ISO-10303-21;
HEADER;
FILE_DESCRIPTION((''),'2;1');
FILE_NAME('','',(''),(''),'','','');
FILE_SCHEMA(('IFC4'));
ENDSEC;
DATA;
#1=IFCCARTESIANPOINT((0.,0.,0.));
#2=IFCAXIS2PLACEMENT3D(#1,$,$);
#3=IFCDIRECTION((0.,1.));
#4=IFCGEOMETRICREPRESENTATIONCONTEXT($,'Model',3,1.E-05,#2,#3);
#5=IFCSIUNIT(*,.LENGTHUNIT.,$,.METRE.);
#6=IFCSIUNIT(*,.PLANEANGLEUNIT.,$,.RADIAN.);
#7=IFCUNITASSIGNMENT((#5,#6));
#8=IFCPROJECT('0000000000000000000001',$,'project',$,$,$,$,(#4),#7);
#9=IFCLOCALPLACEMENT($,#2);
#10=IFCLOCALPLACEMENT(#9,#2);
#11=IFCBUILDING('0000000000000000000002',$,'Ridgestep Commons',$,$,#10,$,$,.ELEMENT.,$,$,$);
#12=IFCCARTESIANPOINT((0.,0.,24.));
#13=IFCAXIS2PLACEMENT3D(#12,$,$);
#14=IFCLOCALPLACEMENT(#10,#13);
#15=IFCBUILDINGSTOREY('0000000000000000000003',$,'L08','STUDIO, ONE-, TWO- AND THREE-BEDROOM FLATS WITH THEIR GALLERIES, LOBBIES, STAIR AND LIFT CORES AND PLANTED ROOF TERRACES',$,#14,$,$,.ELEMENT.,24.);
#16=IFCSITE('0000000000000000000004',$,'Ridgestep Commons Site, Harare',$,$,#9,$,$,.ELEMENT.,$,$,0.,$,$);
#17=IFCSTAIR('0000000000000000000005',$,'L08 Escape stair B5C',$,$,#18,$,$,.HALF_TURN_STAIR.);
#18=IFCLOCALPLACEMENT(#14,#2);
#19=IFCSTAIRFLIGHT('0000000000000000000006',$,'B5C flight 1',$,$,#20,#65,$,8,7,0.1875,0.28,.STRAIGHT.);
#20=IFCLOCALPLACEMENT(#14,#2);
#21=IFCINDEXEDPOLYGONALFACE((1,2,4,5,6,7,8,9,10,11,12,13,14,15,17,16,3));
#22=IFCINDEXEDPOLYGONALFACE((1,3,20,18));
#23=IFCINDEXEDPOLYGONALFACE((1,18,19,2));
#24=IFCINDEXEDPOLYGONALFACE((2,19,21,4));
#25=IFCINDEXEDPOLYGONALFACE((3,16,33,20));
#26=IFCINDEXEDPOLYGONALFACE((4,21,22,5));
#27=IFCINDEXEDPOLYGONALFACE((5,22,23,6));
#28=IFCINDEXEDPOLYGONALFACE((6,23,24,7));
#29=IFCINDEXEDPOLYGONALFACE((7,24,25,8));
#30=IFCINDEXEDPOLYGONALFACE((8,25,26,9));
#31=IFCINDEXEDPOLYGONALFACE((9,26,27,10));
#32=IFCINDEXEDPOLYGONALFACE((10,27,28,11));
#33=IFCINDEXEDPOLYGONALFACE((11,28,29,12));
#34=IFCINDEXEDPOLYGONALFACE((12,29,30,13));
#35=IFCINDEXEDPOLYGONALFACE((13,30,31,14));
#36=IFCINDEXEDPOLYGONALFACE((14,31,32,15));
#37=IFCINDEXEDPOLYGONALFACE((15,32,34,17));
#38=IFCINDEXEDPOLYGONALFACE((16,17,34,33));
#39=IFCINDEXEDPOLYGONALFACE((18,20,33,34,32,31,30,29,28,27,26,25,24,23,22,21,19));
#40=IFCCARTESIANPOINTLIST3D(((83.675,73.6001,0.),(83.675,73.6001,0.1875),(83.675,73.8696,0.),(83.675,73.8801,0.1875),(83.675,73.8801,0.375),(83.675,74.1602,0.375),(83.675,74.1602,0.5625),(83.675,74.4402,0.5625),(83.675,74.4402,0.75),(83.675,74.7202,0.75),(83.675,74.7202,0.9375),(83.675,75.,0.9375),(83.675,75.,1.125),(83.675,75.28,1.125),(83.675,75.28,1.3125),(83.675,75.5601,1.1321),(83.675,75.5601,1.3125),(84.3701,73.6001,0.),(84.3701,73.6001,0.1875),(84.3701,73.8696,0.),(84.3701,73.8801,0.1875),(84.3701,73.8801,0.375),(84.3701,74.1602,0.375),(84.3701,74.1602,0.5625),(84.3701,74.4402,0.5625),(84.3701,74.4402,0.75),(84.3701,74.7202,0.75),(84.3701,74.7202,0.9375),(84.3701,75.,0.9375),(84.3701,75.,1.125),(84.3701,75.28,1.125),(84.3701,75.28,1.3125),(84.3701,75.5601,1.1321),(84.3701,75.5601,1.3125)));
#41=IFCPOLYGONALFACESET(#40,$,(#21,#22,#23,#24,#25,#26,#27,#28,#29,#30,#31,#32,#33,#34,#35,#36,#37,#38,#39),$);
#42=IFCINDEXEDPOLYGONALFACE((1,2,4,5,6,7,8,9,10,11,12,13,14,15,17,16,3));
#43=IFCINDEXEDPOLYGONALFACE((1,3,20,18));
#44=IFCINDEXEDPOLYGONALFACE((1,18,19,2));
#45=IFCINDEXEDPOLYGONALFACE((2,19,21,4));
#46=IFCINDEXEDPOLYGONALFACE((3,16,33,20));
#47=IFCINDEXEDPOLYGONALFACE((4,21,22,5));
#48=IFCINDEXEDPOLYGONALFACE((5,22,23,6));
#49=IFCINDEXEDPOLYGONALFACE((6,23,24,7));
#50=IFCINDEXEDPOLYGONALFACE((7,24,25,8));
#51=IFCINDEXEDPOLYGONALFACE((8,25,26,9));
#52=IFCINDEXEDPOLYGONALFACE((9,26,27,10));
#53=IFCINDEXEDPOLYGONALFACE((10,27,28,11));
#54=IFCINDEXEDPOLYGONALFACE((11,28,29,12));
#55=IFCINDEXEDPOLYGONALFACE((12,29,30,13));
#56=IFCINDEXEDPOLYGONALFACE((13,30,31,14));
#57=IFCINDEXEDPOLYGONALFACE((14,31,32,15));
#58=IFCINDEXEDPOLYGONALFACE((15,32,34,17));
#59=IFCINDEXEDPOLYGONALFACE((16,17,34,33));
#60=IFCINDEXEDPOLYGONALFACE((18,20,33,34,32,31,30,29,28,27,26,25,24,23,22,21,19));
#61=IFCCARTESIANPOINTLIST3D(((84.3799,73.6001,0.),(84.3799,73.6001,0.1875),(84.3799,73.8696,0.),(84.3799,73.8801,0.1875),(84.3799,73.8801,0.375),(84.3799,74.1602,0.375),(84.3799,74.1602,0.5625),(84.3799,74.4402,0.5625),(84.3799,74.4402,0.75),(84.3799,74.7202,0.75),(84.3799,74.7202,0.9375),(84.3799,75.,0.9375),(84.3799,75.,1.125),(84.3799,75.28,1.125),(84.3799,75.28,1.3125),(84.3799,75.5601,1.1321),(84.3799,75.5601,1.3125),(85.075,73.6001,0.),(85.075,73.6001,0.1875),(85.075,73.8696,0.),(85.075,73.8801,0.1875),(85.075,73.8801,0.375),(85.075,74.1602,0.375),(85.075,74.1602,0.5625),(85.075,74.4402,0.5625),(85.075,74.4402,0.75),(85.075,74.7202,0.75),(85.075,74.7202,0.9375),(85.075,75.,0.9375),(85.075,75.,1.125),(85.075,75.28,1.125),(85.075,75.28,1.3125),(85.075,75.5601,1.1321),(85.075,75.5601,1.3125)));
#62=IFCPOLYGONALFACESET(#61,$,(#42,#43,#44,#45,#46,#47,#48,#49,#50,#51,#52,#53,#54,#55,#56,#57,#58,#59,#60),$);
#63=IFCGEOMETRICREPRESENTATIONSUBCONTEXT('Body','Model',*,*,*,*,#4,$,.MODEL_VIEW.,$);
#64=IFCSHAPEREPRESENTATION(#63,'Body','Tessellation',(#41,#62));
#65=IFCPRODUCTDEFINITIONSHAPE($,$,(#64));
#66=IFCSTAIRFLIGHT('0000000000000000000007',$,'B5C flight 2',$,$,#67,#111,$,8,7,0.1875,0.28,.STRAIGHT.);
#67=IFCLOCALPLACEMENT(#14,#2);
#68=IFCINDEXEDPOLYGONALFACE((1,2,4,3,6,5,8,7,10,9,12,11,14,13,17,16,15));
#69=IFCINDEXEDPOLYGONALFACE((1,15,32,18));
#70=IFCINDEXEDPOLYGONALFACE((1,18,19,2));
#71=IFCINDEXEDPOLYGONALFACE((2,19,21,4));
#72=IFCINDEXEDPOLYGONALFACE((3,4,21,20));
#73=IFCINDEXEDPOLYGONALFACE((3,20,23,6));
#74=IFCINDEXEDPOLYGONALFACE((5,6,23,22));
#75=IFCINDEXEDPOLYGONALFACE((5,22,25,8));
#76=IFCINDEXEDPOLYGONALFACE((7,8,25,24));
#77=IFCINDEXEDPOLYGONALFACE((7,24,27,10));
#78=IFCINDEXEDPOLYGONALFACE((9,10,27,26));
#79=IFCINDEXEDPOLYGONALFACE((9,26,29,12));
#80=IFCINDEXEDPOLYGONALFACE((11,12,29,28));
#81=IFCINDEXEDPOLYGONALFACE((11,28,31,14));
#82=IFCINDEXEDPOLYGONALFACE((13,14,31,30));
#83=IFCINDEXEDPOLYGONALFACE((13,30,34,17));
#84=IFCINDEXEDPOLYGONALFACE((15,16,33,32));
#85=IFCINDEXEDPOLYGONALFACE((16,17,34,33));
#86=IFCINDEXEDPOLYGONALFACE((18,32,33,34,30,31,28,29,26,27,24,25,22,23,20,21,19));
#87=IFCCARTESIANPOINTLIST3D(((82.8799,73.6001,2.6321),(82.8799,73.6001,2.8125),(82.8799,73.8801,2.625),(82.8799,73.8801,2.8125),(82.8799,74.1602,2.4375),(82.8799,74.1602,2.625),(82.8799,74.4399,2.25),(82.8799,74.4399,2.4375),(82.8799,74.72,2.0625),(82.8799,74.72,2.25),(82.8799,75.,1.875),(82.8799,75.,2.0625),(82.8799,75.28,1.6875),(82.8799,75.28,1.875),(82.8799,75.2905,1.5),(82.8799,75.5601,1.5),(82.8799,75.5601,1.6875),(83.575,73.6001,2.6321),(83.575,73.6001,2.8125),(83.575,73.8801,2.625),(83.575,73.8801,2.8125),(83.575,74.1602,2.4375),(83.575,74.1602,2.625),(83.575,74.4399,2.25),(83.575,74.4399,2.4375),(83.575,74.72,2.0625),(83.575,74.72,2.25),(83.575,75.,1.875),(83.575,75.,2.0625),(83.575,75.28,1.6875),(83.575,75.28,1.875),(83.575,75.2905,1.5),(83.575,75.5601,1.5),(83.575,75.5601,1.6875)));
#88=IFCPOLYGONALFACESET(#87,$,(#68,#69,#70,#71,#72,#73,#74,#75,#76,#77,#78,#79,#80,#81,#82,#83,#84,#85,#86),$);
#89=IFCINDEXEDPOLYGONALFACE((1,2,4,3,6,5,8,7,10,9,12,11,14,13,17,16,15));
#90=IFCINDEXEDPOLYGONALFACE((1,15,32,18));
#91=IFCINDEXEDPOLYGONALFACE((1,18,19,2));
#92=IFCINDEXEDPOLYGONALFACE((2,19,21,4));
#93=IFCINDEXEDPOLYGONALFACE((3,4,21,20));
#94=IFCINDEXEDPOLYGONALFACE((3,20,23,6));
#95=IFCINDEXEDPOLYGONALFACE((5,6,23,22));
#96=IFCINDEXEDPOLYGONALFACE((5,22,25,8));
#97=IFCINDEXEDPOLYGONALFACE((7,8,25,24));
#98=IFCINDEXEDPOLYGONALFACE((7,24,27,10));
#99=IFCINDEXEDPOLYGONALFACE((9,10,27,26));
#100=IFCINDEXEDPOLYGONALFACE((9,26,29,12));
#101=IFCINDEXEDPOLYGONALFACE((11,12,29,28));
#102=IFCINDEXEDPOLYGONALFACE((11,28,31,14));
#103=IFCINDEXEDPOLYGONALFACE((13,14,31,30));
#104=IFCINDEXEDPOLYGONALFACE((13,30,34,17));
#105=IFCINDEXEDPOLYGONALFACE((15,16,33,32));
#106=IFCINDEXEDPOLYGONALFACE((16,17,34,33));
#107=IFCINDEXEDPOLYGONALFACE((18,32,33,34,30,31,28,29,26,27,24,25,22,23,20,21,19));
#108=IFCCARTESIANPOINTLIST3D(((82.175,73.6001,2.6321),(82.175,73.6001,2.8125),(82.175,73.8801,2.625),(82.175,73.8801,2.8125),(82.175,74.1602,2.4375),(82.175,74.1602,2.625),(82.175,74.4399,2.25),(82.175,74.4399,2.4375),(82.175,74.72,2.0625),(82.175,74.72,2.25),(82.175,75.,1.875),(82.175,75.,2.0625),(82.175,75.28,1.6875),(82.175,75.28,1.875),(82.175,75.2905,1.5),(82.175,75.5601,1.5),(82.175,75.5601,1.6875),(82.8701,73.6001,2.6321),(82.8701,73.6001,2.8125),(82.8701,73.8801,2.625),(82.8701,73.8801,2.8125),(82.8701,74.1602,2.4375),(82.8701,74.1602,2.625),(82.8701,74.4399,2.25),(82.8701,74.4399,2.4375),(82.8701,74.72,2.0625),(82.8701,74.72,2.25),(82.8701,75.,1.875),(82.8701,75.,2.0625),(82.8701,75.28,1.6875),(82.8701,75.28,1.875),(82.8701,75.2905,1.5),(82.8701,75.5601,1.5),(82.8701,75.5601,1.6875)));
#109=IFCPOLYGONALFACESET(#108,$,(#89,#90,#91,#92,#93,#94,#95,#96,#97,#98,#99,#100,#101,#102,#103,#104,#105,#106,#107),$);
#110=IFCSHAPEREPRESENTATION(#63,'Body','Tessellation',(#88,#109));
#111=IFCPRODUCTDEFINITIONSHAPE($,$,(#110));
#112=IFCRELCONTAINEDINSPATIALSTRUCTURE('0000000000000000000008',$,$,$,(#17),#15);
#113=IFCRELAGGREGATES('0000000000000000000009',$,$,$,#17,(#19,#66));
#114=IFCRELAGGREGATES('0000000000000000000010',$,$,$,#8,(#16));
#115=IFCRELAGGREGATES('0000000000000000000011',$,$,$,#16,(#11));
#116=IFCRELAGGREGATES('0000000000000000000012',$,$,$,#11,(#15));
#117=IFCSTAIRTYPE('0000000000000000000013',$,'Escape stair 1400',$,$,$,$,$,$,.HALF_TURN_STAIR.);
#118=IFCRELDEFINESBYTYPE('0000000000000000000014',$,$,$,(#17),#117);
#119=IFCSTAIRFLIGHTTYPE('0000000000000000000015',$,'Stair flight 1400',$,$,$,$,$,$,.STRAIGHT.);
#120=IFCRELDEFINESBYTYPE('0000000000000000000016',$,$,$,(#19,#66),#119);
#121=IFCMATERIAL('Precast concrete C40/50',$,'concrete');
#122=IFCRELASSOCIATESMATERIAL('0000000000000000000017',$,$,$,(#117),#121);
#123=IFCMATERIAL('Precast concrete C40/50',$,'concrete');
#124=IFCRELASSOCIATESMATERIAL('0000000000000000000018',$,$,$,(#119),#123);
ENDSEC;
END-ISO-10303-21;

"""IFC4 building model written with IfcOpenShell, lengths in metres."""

from ifc_helpers import new_model, si_unit, direction, frame, origin, place, context, subcontext, project, spatial, polyline, outline, extrude, material, type_object, element, aggregate, save


model = new_model("IFC4")

# Units and contexts
model_context = context("Model", 3, precision=1e-05, world=origin(), true_north=direction((0.0, 1.0)))
body_context = subcontext(model_context, "Body", "Model", "MODEL_VIEW")
ifc_project = project(units=[si_unit("LENGTHUNIT", "METRE"), si_unit("PLANEANGLEUNIT", "RADIAN")], contexts=[model_context])

# Site, building, storey
site_placement = place(None, origin())
site = spatial("IfcSite", under=ifc_project, at=site_placement, Name="Ridgestep Commons Site, Harare", CompositionType="ELEMENT", RefElevation=0.0)
building_placement = place(site_placement, origin())
building = spatial("IfcBuilding", under=site, at=building_placement, Name="Ridgestep Commons", CompositionType="ELEMENT")
storey_placement = place(building_placement, frame((0.0, 0.0, 24.0)))
storey = spatial("IfcBuildingStorey", under=building, at=storey_placement, Name="L08", Description="STUDIO, ONE-, TWO- AND THREE-BEDROOM FLATS WITH THEIR GALLERIES, LOBBIES, STAIR AND LIFT CORES AND PLANTED ROOF TERRACES", CompositionType="ELEMENT", Elevation=24.0)

# Stair, stair flights
ifc_material_1 = material(Name="Precast concrete C40/50", Category="concrete")
stair_type = type_object("IfcStairType", Name="Escape stair 1400", PredefinedType="HALF_TURN_STAIR", material=ifc_material_1)
stair_placement = place(storey_placement, origin())
stair = element("IfcStair", 1, at=stair_placement, inside=storey, type_object=stair_type, Name="L08 Escape stair B5C", PredefinedType="HALF_TURN_STAIR")
ifc_material_2 = material(Name="Precast concrete C40/50", Category="concrete")
stair_flight_type = type_object("IfcStairFlightType", Name="Stair flight 1400", PredefinedType="STRAIGHT", material=ifc_material_2)
stair_flight_1_placement = place(storey_placement, frame((84.375, 73.6001, 0.0), z_axis=(0.0, 0.0, 1.0), x_axis=(0.0, 1.0, 0.0)))
stair_flight_1 = element("IfcStairFlight", 2, at=stair_flight_1_placement, type_object=stair_flight_type, Name="B5C flight 1", NumberOfRisers=8, NumberOfTreads=7, PredefinedType="STRAIGHT", RiserHeight=0.1875, TreadLength=0.28, context=body_context, shape_type="SweptSolid", body=[
    extrude(outline(polyline([(0.0, 0.0), (0.0, 0.1875), (0.28, 0.1875), (0.28, 0.375), (0.5601, 0.375), (0.5601, 0.5625), (0.8401, 0.5625), (0.8401, 0.75), (1.1201, 0.75), (1.1201, 0.9375), (1.3999, 0.9375), (1.3999, 1.125), (1.6799, 1.125), (1.6799, 1.3125), (1.96, 1.3125), (1.96, 1.5), (1.96, 1.1321), (0.2695, 0.0), (0.0, 0.0)])), frame((0.0, 0.7, 0.0), z_axis=(0.0, -1.0, 0.0), x_axis=(1.0, 0.0, 0.0)), (0.0, 0.0, 1.0), 0.6951),
    extrude(outline(polyline([(0.0, 0.0), (0.0, 0.1875), (0.28, 0.1875), (0.28, 0.375), (0.5601, 0.375), (0.5601, 0.5625), (0.8401, 0.5625), (0.8401, 0.75), (1.1201, 0.75), (1.1201, 0.9375), (1.3999, 0.9375), (1.3999, 1.125), (1.6799, 1.125), (1.6799, 1.3125), (1.96, 1.3125), (1.96, 1.5), (1.96, 1.1321), (0.2695, 0.0), (0.0, 0.0)])), frame((0.0, -0.0049, 0.0), z_axis=(0.0, -1.0, 0.0), x_axis=(1.0, 0.0, 0.0)), (0.0, 0.0, 1.0), 0.6951),
])
stair_flight_2_placement = place(storey_placement, frame((82.875, 75.5601, 1.5), z_axis=(0.0, 0.0, 1.0), x_axis=(0.0, -1.0, 0.0)))
stair_flight_2 = element("IfcStairFlight", 3, at=stair_flight_2_placement, type_object=stair_flight_type, Name="B5C flight 2", NumberOfRisers=8, NumberOfTreads=7, PredefinedType="STRAIGHT", RiserHeight=0.1875, TreadLength=0.28, context=body_context, shape_type="SweptSolid", body=[
    extrude(outline(polyline([(0.0, 0.0), (0.0, 0.1875), (0.28, 0.1875), (0.28, 0.375), (0.5601, 0.375), (0.5601, 0.5625), (0.8401, 0.5625), (0.8401, 0.75), (1.1201, 0.75), (1.1201, 0.9375), (1.3999, 0.9375), (1.3999, 1.125), (1.6799, 1.125), (1.6799, 1.3125), (1.96, 1.3125), (1.96, 1.5), (1.96, 1.1321), (0.2695, 0.0), (0.0, 0.0)])), frame((0.0, 0.7, 0.0), z_axis=(0.0, -1.0, 0.0), x_axis=(1.0, 0.0, 0.0)), (0.0, 0.0, 1.0), 0.6951),
    extrude(outline(polyline([(0.0, 0.0), (0.0, 0.1875), (0.28, 0.1875), (0.28, 0.375), (0.5601, 0.375), (0.5601, 0.5625), (0.8401, 0.5625), (0.8401, 0.75), (1.1201, 0.75), (1.1201, 0.9375), (1.3999, 0.9375), (1.3999, 1.125), (1.6799, 1.125), (1.6799, 1.3125), (1.96, 1.3125), (1.96, 1.5), (1.96, 1.1321), (0.2695, 0.0), (0.0, 0.0)])), frame((0.0, -0.0049, 0.0), z_axis=(0.0, -1.0, 0.0), x_axis=(1.0, 0.0, 0.0)), (0.0, 0.0, 1.0), 0.6951),
])
aggregate(stair, [stair_flight_1, stair_flight_2])

save(model, "model.ifc")
